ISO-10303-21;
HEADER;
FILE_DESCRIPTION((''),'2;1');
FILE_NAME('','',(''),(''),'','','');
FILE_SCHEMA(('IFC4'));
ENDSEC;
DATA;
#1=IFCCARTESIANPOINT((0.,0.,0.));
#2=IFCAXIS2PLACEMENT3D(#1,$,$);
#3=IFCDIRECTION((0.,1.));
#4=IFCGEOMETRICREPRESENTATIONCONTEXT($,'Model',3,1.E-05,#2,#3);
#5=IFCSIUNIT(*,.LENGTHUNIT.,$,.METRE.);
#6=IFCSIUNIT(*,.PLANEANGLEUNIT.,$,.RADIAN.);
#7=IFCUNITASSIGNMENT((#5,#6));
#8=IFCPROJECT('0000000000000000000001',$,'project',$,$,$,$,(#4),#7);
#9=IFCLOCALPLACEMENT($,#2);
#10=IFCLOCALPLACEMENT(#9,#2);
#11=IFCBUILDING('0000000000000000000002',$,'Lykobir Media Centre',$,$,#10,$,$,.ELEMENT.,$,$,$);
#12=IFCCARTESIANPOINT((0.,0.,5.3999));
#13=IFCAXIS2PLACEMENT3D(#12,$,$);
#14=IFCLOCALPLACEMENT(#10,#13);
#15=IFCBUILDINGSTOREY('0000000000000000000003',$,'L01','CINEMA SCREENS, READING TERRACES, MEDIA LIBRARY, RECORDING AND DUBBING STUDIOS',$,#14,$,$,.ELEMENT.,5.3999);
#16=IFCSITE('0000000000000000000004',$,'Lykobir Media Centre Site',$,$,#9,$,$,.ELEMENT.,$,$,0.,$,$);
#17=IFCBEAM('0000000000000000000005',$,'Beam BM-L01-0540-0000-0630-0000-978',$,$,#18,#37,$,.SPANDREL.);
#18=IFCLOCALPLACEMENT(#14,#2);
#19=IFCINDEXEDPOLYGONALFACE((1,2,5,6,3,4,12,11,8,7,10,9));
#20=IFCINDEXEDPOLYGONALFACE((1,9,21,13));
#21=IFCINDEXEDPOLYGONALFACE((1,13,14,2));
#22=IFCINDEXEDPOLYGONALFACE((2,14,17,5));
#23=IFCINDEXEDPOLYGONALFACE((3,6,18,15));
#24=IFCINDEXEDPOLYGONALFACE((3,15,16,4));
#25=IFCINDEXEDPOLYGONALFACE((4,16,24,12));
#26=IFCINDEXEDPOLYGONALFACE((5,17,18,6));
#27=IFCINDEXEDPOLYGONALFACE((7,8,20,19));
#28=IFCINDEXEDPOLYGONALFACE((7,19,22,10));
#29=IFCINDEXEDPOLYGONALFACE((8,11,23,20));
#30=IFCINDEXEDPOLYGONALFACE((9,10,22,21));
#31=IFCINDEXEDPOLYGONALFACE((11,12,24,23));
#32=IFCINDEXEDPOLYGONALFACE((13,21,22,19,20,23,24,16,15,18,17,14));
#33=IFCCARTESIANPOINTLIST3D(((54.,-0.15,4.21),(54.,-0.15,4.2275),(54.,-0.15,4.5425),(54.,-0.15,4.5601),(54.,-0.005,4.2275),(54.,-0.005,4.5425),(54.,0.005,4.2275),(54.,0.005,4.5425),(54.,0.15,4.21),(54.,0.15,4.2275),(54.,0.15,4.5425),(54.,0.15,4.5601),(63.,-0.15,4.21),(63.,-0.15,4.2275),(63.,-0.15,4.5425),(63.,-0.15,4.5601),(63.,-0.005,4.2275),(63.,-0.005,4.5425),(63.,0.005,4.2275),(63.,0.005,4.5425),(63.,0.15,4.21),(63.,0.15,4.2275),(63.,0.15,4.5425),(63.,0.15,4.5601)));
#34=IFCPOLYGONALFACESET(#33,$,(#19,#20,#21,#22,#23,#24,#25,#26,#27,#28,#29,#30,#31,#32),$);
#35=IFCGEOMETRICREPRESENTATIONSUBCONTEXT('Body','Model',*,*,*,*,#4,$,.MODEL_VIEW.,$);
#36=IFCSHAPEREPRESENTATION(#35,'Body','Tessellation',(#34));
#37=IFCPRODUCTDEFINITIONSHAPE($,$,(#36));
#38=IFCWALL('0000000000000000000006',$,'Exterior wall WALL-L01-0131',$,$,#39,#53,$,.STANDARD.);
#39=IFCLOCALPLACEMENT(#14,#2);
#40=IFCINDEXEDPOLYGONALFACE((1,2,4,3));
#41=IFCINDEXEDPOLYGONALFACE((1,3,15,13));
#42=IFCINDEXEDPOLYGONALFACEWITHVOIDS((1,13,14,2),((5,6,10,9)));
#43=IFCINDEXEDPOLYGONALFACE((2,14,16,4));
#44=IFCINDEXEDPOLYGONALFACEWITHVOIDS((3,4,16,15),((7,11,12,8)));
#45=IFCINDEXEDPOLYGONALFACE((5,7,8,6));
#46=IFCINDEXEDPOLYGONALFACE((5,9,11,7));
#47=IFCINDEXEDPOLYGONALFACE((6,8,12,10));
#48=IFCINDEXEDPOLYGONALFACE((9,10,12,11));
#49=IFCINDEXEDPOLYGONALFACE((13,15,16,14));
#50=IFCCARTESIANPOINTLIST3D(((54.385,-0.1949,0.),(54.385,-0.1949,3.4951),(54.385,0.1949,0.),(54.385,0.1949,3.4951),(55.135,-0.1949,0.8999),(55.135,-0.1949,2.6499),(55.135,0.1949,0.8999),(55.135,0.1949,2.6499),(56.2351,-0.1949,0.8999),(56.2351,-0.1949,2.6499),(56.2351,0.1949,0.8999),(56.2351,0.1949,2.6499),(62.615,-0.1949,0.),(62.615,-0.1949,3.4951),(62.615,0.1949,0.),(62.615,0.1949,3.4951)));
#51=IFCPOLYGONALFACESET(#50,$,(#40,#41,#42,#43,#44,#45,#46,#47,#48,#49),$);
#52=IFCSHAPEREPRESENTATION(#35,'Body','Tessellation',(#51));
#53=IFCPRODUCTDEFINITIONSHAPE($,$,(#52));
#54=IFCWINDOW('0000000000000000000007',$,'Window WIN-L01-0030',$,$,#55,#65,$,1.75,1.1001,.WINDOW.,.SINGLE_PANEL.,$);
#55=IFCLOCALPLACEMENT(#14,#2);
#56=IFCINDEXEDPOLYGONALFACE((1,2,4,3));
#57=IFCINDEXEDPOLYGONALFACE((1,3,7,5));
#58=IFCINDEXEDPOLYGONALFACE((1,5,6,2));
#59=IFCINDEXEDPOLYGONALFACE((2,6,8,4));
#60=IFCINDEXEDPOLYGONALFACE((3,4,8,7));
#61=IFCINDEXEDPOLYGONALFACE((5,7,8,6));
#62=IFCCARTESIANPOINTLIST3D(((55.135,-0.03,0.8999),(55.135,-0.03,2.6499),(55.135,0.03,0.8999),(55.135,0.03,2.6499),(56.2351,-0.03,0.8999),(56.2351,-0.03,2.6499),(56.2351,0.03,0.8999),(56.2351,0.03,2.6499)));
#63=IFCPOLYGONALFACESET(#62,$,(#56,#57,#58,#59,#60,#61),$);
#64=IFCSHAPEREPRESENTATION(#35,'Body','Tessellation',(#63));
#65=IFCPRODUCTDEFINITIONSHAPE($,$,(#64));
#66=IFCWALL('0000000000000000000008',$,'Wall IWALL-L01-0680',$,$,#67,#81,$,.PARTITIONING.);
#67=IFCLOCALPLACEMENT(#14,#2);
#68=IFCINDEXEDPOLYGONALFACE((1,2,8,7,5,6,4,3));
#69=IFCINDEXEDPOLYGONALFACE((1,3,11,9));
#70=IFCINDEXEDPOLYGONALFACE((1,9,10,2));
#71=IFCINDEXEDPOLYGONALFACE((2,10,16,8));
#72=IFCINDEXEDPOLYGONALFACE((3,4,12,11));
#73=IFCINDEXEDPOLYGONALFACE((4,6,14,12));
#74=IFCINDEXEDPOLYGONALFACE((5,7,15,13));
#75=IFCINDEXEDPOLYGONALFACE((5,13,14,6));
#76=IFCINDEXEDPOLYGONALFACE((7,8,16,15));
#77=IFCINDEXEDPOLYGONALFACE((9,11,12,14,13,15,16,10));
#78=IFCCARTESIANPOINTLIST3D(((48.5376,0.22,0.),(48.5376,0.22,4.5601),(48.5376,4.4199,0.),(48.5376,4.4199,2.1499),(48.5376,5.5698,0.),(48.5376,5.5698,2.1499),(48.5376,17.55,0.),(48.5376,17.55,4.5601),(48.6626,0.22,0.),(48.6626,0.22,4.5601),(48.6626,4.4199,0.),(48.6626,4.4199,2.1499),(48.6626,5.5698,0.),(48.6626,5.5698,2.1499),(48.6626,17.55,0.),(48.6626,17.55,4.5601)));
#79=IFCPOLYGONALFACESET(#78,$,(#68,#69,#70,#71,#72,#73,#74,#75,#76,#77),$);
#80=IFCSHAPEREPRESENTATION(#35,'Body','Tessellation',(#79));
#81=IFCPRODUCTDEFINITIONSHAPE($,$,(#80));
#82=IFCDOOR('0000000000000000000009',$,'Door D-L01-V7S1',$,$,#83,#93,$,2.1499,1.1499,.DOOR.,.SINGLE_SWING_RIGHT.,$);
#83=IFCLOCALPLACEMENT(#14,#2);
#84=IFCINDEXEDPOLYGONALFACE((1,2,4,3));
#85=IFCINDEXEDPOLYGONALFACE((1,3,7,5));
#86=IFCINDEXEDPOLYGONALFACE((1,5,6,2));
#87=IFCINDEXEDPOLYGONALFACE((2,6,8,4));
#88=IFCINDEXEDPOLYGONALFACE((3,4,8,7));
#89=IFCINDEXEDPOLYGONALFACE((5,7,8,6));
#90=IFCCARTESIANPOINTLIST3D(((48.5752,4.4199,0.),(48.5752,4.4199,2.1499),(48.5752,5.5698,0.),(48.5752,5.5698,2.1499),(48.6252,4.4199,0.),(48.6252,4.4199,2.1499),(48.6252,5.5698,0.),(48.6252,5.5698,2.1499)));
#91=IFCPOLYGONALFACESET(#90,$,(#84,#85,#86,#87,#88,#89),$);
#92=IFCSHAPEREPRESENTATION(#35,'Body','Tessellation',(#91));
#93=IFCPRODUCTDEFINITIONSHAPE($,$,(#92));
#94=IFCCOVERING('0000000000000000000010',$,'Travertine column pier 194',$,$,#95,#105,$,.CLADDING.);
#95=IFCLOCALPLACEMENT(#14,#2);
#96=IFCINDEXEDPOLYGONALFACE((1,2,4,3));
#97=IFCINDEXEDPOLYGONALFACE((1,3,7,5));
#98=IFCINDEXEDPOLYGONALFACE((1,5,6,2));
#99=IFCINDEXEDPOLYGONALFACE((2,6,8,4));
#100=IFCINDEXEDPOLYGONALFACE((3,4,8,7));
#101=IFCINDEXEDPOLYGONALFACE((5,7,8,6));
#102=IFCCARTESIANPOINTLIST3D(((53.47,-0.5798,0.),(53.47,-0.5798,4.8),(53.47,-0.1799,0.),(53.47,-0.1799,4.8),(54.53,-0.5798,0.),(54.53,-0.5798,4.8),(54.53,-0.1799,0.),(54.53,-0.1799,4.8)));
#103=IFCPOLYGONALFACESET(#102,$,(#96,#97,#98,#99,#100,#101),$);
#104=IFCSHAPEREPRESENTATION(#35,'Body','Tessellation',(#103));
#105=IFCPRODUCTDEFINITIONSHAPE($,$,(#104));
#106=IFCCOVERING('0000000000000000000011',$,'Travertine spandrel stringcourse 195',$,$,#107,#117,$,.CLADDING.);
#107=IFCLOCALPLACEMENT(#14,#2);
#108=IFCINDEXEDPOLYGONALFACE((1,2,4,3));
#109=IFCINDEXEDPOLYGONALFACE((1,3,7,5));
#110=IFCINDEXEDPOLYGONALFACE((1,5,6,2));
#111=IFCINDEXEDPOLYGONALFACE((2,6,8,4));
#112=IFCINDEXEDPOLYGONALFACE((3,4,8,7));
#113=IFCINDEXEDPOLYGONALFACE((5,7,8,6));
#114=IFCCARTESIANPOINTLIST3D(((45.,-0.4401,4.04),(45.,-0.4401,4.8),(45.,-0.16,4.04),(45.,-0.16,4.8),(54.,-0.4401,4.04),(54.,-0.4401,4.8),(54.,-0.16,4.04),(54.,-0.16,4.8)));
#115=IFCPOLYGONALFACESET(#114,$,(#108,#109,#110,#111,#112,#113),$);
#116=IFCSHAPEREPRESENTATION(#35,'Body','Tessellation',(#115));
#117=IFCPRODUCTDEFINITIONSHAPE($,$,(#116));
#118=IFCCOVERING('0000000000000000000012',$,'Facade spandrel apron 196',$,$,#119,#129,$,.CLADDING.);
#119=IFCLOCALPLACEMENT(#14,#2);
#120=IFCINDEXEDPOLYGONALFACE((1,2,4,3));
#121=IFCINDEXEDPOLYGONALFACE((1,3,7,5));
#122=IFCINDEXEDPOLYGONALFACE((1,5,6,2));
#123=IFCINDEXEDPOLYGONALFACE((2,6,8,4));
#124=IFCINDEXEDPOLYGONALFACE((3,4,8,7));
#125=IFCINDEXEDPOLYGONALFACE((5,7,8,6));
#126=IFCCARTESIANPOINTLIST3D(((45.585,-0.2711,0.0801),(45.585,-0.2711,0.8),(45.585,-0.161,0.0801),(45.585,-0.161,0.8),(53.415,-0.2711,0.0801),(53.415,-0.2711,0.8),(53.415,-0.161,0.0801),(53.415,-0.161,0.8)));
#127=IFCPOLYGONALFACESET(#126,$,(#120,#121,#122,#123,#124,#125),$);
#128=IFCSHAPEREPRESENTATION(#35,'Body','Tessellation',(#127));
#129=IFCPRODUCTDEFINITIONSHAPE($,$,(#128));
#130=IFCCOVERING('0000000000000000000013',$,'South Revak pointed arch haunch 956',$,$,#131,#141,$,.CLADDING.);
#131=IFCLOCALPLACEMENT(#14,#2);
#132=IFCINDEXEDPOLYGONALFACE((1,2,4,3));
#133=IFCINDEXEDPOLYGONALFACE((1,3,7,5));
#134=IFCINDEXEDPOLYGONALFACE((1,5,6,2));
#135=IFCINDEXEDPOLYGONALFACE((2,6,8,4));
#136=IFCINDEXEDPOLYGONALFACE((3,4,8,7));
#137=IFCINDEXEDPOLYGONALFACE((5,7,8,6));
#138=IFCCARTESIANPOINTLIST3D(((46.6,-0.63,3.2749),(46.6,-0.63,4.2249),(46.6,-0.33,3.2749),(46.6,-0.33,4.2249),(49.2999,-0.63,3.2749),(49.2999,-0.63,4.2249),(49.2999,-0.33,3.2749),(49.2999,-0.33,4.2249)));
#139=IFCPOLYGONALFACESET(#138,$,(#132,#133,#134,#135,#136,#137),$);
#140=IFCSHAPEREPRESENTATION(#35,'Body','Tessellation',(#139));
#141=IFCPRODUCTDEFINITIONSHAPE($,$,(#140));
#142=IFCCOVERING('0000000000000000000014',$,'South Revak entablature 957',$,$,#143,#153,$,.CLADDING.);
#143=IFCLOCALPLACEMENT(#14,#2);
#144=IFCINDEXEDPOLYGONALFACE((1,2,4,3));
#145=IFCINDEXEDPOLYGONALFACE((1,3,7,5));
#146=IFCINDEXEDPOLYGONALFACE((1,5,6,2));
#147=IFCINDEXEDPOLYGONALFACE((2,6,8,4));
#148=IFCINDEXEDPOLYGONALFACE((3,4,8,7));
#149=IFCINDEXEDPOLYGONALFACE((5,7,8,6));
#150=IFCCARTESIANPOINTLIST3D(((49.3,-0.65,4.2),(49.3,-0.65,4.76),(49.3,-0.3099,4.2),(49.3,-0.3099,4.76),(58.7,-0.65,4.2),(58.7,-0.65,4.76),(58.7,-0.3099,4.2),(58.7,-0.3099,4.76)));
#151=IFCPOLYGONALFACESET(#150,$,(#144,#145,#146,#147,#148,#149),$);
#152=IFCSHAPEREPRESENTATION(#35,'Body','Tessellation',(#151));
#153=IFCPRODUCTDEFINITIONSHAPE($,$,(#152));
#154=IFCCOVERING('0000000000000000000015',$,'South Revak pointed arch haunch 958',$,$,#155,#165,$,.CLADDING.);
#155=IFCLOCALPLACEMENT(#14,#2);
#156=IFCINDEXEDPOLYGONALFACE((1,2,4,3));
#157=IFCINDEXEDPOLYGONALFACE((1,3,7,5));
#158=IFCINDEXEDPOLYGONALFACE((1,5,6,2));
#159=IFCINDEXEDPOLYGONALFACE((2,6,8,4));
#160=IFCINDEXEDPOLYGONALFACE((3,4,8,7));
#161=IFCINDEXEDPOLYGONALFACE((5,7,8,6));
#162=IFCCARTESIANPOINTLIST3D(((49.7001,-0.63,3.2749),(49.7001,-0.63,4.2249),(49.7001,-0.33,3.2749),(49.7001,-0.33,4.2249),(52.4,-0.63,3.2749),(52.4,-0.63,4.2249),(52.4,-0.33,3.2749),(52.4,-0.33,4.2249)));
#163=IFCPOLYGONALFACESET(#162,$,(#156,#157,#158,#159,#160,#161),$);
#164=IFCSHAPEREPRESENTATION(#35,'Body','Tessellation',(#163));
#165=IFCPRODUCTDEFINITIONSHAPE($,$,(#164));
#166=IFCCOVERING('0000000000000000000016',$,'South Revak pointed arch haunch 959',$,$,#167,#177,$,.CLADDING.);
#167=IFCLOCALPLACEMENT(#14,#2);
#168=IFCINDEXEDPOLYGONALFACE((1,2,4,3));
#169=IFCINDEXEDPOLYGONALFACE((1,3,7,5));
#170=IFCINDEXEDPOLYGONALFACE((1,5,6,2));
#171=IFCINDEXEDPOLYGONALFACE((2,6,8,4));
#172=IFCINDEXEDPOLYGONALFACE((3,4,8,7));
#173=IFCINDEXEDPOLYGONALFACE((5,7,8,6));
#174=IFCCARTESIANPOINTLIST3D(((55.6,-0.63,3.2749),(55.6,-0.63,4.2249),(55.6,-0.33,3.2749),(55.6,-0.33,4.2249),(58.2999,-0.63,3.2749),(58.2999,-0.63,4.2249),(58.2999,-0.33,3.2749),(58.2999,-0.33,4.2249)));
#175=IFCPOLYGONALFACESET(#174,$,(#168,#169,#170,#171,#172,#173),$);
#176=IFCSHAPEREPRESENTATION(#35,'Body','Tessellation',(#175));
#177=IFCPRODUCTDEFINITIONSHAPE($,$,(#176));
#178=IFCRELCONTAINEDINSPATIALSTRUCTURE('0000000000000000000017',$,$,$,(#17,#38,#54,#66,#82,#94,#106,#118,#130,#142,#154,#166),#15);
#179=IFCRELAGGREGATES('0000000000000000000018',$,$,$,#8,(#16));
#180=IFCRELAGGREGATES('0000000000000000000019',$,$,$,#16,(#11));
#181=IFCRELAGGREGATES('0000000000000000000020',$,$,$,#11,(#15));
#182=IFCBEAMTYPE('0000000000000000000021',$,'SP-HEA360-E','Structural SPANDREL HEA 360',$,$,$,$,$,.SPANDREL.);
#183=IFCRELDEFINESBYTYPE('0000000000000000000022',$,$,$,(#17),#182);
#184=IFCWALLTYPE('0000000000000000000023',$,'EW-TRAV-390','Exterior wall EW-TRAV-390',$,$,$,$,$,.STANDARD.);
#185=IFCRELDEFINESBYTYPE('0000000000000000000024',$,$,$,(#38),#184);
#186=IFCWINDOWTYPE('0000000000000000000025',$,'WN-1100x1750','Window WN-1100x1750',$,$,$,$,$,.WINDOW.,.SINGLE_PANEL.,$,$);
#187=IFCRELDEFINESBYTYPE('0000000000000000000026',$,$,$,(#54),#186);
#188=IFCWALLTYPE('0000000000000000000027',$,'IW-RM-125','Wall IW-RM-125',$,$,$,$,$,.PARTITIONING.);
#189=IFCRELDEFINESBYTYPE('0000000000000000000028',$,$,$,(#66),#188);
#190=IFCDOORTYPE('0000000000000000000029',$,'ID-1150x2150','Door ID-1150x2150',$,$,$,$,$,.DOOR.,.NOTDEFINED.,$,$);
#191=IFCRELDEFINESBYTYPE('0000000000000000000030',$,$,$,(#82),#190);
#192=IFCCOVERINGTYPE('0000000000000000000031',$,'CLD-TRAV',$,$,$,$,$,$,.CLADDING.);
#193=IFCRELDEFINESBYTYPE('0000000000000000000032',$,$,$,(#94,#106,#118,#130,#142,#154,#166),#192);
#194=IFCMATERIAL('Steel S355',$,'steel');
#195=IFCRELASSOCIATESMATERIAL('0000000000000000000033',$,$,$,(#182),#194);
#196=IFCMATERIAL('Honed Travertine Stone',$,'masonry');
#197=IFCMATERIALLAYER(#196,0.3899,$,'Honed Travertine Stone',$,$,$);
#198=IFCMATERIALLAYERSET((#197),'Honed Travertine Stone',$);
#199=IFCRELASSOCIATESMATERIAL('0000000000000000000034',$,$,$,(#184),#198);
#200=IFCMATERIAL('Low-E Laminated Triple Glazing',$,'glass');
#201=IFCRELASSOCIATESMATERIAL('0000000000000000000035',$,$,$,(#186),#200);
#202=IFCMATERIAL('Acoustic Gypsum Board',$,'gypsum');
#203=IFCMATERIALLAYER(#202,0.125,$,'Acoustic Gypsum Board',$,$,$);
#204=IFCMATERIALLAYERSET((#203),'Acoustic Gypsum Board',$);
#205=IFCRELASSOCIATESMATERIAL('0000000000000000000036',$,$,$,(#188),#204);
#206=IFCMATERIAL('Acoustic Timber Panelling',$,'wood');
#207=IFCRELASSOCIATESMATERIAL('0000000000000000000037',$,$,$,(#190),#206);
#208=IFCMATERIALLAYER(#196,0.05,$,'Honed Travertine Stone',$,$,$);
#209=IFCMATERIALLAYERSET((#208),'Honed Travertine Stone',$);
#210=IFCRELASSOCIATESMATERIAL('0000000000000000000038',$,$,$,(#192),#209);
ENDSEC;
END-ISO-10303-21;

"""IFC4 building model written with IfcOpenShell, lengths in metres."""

from ifc_helpers import new_model, si_unit, direction, frame, frame_2d, origin, origin_2d, place, context, subcontext, project, spatial, rectangle, i_section, extrude, material, layer, layer_set, material_profile, profile_set, type_object, element, fill, save


model = new_model("IFC4")

# Units and contexts
model_context = context("Model", 3, precision=1e-05, world=origin(), true_north=direction((0.0, 1.0)))
body_context = subcontext(model_context, "Body", "Model", "MODEL_VIEW")
ifc_project = project(units=[si_unit("LENGTHUNIT", "METRE"), si_unit("PLANEANGLEUNIT", "RADIAN")], contexts=[model_context])

# Site, building, storey
site_placement = place(None, origin())
site = spatial("IfcSite", under=ifc_project, at=site_placement, Name="Lykobir Media Centre Site", CompositionType="ELEMENT", RefElevation=0.0)
building_placement = place(site_placement, origin())
building = spatial("IfcBuilding", under=site, at=building_placement, Name="Lykobir Media Centre", CompositionType="ELEMENT")
storey_placement = place(building_placement, frame((0.0, 0.0, 5.3999)))
storey = spatial("IfcBuildingStorey", under=building, at=storey_placement, Name="L01", Description="CINEMA SCREENS, READING TERRACES, MEDIA LIBRARY, RECORDING AND DUBBING STUDIOS", CompositionType="ELEMENT", Elevation=5.3999)

# Shared definitions
ifc_material_1 = material(Name="Honed Travertine Stone", Category="masonry")

# Beam
ifc_material_2 = material(Name="Steel S355", Category="steel")
ifc_material_profile_1 = material_profile(ifc_material_2, i_section(OverallWidth=0.3, OverallDepth=0.3501, WebThickness=0.01, FlangeThickness=0.0176, at=origin_2d()), Name="HEA 360")
ifc_profile_set_1 = profile_set([ifc_material_profile_1], Name="Steel S355")
beam_type_1 = type_object("IfcBeamType", Name="SP-HEA360-E", Description="Structural SPANDREL HEA 360", PredefinedType="SPANDREL", material=ifc_profile_set_1)
beam_1_placement = place(storey_placement, frame((54.0, 0.0, 4.385), z_axis=(1.0, 0.0, 0.0), x_axis=(0.0, 1.0, 0.0)))
element("IfcBeam", 1, at=beam_1_placement, inside=storey, type_object=beam_type_1, Name="Beam BM-L01-0540-0000-0630-0000-978", PredefinedType="SPANDREL", context=body_context, shape_type="SweptSolid", body=[
    extrude(i_section(OverallWidth=0.3, OverallDepth=0.3501, WebThickness=0.01, FlangeThickness=0.0176, at=origin_2d()), origin(), (0.0, 0.0, 1.0), 9.0),
])

# Wall, opening, window
ifc_layer_1 = layer(ifc_material_1, 0.3899, Name="Honed Travertine Stone")
ifc_layer_set_1 = layer_set([ifc_layer_1], Name="Honed Travertine Stone")
wall_type_1 = type_object("IfcWallType", Name="EW-TRAV-390", Description="Exterior wall EW-TRAV-390", PredefinedType="STANDARD", material=ifc_layer_set_1)
wall_1_placement = place(storey_placement, frame((54.385, 0.0, 0.0), z_axis=(0.0, 0.0, 1.0), x_axis=(1.0, 0.0, 0.0)))
wall_1 = element("IfcWall", 2, at=wall_1_placement, inside=storey, type_object=wall_type_1, Name="Exterior wall WALL-L01-0131", PredefinedType="STANDARD", context=body_context, shape_type="SweptSolid", body=[
    extrude(rectangle(XDim=8.23, YDim=0.3899, at=frame_2d((4.115, 0.0))), origin(), (0.0, 0.0, 1.0), 3.4951),
])
opening_1_placement = place(wall_1_placement, frame((0.75, 0.0, 0.8999)))
opening_1 = element("IfcOpeningElement", 3, at=opening_1_placement, cuts=wall_1, PredefinedType="OPENING", context=body_context, shape_type="SweptSolid", body=[
    extrude(rectangle(XDim=1.1001, YDim=1.75, at=frame_2d((0.55, 0.875))), frame((0.0, 0.2048, 0.0), z_axis=(0.0, -1.0, 0.0), x_axis=(1.0, 0.0, 0.0)), (0.0, 0.0, 1.0), 0.4099),
])
ifc_material_3 = material(Name="Low-E Laminated Triple Glazing", Category="glass")
window_type = type_object("IfcWindowType", Name="WN-1100x1750", Description="Window WN-1100x1750", PartitioningType="SINGLE_PANEL", PredefinedType="WINDOW", material=ifc_material_3)
window_placement = place(opening_1_placement, origin())
window = element("IfcWindow", 4, at=window_placement, inside=storey, type_object=window_type, Name="Window WIN-L01-0030", OverallHeight=1.75, OverallWidth=1.1001, PartitioningType="SINGLE_PANEL", PredefinedType="WINDOW", context=body_context, shape_type="SweptSolid", body=[
    extrude(rectangle(XDim=1.1001, YDim=1.75, at=frame_2d((0.55, 0.875))), frame((0.0, 0.03, 0.0), z_axis=(0.0, -1.0, 0.0), x_axis=(1.0, 0.0, 0.0)), (0.0, 0.0, 1.0), 0.0601),
])
fill(opening_1, window)

# Wall, opening, door
ifc_material_4 = material(Name="Acoustic Gypsum Board", Category="gypsum")
ifc_layer_2 = layer(ifc_material_4, 0.125, Name="Acoustic Gypsum Board")
ifc_layer_set_2 = layer_set([ifc_layer_2], Name="Acoustic Gypsum Board")
wall_type_2 = type_object("IfcWallType", Name="IW-RM-125", Description="Wall IW-RM-125", PredefinedType="PARTITIONING", material=ifc_layer_set_2)
wall_2_placement = place(storey_placement, frame((48.6001, 0.22, 0.0), z_axis=(0.0, 0.0, 1.0), x_axis=(0.0, 1.0, 0.0)))
wall_2 = element("IfcWall", 5, at=wall_2_placement, inside=storey, type_object=wall_type_2, Name="Wall IWALL-L01-0680", PredefinedType="PARTITIONING", context=body_context, shape_type="SweptSolid", body=[
    extrude(rectangle(XDim=17.3301, YDim=0.125, at=frame_2d((8.665, 0.0))), origin(), (0.0, 0.0, 1.0), 4.5601),
])
opening_2_placement = place(wall_2_placement, frame((4.2, 0.0, 0.0)))
opening_2 = element("IfcOpeningElement", 6, at=opening_2_placement, cuts=wall_2, PredefinedType="OPENING", context=body_context, shape_type="SweptSolid", body=[
    extrude(rectangle(XDim=1.1499, YDim=2.1499, at=frame_2d((0.575, 1.075))), frame((0.0, 0.0725, 0.0), z_axis=(0.0, -1.0, 0.0), x_axis=(1.0, 0.0, 0.0)), (0.0, 0.0, 1.0), 0.145),
])
ifc_material_5 = material(Name="Acoustic Timber Panelling", Category="wood")
door_type = type_object("IfcDoorType", Name="ID-1150x2150", Description="Door ID-1150x2150", OperationType="NOTDEFINED", PredefinedType="DOOR", material=ifc_material_5)
door_placement = place(opening_2_placement, origin())
door = element("IfcDoor", 7, at=door_placement, inside=storey, type_object=door_type, Name="Door D-L01-V7S1", OperationType="SINGLE_SWING_RIGHT", OverallHeight=2.1499, OverallWidth=1.1499, PredefinedType="DOOR", context=body_context, shape_type="SweptSolid", body=[
    extrude(rectangle(XDim=1.1499, YDim=2.1499, at=frame_2d((0.575, 1.075))), frame((0.0, 0.0249, 0.0), z_axis=(0.0, -1.0, 0.0), x_axis=(1.0, 0.0, 0.0)), (0.0, 0.0, 1.0), 0.05),
])
fill(opening_2, door)

# Coverings
ifc_layer_3 = layer(ifc_material_1, 0.05, Name="Honed Travertine Stone")
ifc_layer_set_3 = layer_set([ifc_layer_3], Name="Honed Travertine Stone")
covering_type = type_object("IfcCoveringType", Name="CLD-TRAV", PredefinedType="CLADDING", material=ifc_layer_set_3)
covering_1_placement = place(storey_placement, frame((54.0, -0.3799, 0.0), z_axis=(0.0, 0.0, 1.0), x_axis=(1.0, 0.0, 0.0)))
element("IfcCovering", 8, at=covering_1_placement, inside=storey, type_object=covering_type, Name="Travertine column pier 194", PredefinedType="CLADDING", context=body_context, shape_type="SweptSolid", body=[
    extrude(rectangle(XDim=1.0601, YDim=0.3999, at=origin_2d()), origin(), (0.0, 0.0, 1.0), 4.8),
])
covering_2_placement = place(storey_placement, frame((49.5, -0.3, 4.04), z_axis=(0.0, 0.0, 1.0), x_axis=(1.0, 0.0, 0.0)))
element("IfcCovering", 9, at=covering_2_placement, inside=storey, type_object=covering_type, Name="Travertine spandrel stringcourse 195", PredefinedType="CLADDING", context=body_context, shape_type="SweptSolid", body=[
    extrude(rectangle(XDim=9.0, YDim=0.28, at=origin_2d()), origin(), (0.0, 0.0, 1.0), 0.76),
])
covering_3_placement = place(storey_placement, frame((49.5, -0.2161, 0.0801), z_axis=(0.0, 0.0, 1.0), x_axis=(1.0, 0.0, 0.0)))
element("IfcCovering", 10, at=covering_3_placement, inside=storey, type_object=covering_type, Name="Facade spandrel apron 196", PredefinedType="CLADDING", context=body_context, shape_type="SweptSolid", body=[
    extrude(rectangle(XDim=7.8301, YDim=0.1101, at=origin_2d()), origin(), (0.0, 0.0, 1.0), 0.72),
])
covering_4_placement = place(storey_placement, frame((47.95, -0.48, 3.2749), z_axis=(0.0, 0.0, 1.0), x_axis=(1.0, 0.0, 0.0)))
element("IfcCovering", 11, at=covering_4_placement, inside=storey, type_object=covering_type, Name="South Revak pointed arch haunch 956", PredefinedType="CLADDING", context=body_context, shape_type="SweptSolid", body=[
    extrude(rectangle(XDim=2.7, YDim=0.3, at=origin_2d()), origin(), (0.0, 0.0, 1.0), 0.95),
])
covering_5_placement = place(storey_placement, frame((54.0, -0.48, 4.2), z_axis=(0.0, 0.0, 1.0), x_axis=(1.0, 0.0, 0.0)))
element("IfcCovering", 12, at=covering_5_placement, inside=storey, type_object=covering_type, Name="South Revak entablature 957", PredefinedType="CLADDING", context=body_context, shape_type="SweptSolid", body=[
    extrude(rectangle(XDim=9.3999, YDim=0.3401, at=origin_2d()), origin(), (0.0, 0.0, 1.0), 0.5601),
])
for number, where, z_axis, x_axis, name in (
    (13, (51.05, -0.48, 3.2749), (0.0, 0.0, 1.0), (1.0, 0.0, 0.0), "South Revak pointed arch haunch 958"),
    (14, (56.95, -0.48, 3.2749), (0.0, 0.0, 1.0), (1.0, 0.0, 0.0), "South Revak pointed arch haunch 959"),
):
    element("IfcCovering", number, at=place(storey_placement, frame(where, z_axis=z_axis, x_axis=x_axis)), inside=storey, type_object=covering_type, Name=name, PredefinedType="CLADDING", context=body_context, shape_type="SweptSolid", body=[
        extrude(rectangle(XDim=2.7, YDim=0.3, at=origin_2d()), origin(), (0.0, 0.0, 1.0), 0.95),
    ])

save(model, "model.ifc")
